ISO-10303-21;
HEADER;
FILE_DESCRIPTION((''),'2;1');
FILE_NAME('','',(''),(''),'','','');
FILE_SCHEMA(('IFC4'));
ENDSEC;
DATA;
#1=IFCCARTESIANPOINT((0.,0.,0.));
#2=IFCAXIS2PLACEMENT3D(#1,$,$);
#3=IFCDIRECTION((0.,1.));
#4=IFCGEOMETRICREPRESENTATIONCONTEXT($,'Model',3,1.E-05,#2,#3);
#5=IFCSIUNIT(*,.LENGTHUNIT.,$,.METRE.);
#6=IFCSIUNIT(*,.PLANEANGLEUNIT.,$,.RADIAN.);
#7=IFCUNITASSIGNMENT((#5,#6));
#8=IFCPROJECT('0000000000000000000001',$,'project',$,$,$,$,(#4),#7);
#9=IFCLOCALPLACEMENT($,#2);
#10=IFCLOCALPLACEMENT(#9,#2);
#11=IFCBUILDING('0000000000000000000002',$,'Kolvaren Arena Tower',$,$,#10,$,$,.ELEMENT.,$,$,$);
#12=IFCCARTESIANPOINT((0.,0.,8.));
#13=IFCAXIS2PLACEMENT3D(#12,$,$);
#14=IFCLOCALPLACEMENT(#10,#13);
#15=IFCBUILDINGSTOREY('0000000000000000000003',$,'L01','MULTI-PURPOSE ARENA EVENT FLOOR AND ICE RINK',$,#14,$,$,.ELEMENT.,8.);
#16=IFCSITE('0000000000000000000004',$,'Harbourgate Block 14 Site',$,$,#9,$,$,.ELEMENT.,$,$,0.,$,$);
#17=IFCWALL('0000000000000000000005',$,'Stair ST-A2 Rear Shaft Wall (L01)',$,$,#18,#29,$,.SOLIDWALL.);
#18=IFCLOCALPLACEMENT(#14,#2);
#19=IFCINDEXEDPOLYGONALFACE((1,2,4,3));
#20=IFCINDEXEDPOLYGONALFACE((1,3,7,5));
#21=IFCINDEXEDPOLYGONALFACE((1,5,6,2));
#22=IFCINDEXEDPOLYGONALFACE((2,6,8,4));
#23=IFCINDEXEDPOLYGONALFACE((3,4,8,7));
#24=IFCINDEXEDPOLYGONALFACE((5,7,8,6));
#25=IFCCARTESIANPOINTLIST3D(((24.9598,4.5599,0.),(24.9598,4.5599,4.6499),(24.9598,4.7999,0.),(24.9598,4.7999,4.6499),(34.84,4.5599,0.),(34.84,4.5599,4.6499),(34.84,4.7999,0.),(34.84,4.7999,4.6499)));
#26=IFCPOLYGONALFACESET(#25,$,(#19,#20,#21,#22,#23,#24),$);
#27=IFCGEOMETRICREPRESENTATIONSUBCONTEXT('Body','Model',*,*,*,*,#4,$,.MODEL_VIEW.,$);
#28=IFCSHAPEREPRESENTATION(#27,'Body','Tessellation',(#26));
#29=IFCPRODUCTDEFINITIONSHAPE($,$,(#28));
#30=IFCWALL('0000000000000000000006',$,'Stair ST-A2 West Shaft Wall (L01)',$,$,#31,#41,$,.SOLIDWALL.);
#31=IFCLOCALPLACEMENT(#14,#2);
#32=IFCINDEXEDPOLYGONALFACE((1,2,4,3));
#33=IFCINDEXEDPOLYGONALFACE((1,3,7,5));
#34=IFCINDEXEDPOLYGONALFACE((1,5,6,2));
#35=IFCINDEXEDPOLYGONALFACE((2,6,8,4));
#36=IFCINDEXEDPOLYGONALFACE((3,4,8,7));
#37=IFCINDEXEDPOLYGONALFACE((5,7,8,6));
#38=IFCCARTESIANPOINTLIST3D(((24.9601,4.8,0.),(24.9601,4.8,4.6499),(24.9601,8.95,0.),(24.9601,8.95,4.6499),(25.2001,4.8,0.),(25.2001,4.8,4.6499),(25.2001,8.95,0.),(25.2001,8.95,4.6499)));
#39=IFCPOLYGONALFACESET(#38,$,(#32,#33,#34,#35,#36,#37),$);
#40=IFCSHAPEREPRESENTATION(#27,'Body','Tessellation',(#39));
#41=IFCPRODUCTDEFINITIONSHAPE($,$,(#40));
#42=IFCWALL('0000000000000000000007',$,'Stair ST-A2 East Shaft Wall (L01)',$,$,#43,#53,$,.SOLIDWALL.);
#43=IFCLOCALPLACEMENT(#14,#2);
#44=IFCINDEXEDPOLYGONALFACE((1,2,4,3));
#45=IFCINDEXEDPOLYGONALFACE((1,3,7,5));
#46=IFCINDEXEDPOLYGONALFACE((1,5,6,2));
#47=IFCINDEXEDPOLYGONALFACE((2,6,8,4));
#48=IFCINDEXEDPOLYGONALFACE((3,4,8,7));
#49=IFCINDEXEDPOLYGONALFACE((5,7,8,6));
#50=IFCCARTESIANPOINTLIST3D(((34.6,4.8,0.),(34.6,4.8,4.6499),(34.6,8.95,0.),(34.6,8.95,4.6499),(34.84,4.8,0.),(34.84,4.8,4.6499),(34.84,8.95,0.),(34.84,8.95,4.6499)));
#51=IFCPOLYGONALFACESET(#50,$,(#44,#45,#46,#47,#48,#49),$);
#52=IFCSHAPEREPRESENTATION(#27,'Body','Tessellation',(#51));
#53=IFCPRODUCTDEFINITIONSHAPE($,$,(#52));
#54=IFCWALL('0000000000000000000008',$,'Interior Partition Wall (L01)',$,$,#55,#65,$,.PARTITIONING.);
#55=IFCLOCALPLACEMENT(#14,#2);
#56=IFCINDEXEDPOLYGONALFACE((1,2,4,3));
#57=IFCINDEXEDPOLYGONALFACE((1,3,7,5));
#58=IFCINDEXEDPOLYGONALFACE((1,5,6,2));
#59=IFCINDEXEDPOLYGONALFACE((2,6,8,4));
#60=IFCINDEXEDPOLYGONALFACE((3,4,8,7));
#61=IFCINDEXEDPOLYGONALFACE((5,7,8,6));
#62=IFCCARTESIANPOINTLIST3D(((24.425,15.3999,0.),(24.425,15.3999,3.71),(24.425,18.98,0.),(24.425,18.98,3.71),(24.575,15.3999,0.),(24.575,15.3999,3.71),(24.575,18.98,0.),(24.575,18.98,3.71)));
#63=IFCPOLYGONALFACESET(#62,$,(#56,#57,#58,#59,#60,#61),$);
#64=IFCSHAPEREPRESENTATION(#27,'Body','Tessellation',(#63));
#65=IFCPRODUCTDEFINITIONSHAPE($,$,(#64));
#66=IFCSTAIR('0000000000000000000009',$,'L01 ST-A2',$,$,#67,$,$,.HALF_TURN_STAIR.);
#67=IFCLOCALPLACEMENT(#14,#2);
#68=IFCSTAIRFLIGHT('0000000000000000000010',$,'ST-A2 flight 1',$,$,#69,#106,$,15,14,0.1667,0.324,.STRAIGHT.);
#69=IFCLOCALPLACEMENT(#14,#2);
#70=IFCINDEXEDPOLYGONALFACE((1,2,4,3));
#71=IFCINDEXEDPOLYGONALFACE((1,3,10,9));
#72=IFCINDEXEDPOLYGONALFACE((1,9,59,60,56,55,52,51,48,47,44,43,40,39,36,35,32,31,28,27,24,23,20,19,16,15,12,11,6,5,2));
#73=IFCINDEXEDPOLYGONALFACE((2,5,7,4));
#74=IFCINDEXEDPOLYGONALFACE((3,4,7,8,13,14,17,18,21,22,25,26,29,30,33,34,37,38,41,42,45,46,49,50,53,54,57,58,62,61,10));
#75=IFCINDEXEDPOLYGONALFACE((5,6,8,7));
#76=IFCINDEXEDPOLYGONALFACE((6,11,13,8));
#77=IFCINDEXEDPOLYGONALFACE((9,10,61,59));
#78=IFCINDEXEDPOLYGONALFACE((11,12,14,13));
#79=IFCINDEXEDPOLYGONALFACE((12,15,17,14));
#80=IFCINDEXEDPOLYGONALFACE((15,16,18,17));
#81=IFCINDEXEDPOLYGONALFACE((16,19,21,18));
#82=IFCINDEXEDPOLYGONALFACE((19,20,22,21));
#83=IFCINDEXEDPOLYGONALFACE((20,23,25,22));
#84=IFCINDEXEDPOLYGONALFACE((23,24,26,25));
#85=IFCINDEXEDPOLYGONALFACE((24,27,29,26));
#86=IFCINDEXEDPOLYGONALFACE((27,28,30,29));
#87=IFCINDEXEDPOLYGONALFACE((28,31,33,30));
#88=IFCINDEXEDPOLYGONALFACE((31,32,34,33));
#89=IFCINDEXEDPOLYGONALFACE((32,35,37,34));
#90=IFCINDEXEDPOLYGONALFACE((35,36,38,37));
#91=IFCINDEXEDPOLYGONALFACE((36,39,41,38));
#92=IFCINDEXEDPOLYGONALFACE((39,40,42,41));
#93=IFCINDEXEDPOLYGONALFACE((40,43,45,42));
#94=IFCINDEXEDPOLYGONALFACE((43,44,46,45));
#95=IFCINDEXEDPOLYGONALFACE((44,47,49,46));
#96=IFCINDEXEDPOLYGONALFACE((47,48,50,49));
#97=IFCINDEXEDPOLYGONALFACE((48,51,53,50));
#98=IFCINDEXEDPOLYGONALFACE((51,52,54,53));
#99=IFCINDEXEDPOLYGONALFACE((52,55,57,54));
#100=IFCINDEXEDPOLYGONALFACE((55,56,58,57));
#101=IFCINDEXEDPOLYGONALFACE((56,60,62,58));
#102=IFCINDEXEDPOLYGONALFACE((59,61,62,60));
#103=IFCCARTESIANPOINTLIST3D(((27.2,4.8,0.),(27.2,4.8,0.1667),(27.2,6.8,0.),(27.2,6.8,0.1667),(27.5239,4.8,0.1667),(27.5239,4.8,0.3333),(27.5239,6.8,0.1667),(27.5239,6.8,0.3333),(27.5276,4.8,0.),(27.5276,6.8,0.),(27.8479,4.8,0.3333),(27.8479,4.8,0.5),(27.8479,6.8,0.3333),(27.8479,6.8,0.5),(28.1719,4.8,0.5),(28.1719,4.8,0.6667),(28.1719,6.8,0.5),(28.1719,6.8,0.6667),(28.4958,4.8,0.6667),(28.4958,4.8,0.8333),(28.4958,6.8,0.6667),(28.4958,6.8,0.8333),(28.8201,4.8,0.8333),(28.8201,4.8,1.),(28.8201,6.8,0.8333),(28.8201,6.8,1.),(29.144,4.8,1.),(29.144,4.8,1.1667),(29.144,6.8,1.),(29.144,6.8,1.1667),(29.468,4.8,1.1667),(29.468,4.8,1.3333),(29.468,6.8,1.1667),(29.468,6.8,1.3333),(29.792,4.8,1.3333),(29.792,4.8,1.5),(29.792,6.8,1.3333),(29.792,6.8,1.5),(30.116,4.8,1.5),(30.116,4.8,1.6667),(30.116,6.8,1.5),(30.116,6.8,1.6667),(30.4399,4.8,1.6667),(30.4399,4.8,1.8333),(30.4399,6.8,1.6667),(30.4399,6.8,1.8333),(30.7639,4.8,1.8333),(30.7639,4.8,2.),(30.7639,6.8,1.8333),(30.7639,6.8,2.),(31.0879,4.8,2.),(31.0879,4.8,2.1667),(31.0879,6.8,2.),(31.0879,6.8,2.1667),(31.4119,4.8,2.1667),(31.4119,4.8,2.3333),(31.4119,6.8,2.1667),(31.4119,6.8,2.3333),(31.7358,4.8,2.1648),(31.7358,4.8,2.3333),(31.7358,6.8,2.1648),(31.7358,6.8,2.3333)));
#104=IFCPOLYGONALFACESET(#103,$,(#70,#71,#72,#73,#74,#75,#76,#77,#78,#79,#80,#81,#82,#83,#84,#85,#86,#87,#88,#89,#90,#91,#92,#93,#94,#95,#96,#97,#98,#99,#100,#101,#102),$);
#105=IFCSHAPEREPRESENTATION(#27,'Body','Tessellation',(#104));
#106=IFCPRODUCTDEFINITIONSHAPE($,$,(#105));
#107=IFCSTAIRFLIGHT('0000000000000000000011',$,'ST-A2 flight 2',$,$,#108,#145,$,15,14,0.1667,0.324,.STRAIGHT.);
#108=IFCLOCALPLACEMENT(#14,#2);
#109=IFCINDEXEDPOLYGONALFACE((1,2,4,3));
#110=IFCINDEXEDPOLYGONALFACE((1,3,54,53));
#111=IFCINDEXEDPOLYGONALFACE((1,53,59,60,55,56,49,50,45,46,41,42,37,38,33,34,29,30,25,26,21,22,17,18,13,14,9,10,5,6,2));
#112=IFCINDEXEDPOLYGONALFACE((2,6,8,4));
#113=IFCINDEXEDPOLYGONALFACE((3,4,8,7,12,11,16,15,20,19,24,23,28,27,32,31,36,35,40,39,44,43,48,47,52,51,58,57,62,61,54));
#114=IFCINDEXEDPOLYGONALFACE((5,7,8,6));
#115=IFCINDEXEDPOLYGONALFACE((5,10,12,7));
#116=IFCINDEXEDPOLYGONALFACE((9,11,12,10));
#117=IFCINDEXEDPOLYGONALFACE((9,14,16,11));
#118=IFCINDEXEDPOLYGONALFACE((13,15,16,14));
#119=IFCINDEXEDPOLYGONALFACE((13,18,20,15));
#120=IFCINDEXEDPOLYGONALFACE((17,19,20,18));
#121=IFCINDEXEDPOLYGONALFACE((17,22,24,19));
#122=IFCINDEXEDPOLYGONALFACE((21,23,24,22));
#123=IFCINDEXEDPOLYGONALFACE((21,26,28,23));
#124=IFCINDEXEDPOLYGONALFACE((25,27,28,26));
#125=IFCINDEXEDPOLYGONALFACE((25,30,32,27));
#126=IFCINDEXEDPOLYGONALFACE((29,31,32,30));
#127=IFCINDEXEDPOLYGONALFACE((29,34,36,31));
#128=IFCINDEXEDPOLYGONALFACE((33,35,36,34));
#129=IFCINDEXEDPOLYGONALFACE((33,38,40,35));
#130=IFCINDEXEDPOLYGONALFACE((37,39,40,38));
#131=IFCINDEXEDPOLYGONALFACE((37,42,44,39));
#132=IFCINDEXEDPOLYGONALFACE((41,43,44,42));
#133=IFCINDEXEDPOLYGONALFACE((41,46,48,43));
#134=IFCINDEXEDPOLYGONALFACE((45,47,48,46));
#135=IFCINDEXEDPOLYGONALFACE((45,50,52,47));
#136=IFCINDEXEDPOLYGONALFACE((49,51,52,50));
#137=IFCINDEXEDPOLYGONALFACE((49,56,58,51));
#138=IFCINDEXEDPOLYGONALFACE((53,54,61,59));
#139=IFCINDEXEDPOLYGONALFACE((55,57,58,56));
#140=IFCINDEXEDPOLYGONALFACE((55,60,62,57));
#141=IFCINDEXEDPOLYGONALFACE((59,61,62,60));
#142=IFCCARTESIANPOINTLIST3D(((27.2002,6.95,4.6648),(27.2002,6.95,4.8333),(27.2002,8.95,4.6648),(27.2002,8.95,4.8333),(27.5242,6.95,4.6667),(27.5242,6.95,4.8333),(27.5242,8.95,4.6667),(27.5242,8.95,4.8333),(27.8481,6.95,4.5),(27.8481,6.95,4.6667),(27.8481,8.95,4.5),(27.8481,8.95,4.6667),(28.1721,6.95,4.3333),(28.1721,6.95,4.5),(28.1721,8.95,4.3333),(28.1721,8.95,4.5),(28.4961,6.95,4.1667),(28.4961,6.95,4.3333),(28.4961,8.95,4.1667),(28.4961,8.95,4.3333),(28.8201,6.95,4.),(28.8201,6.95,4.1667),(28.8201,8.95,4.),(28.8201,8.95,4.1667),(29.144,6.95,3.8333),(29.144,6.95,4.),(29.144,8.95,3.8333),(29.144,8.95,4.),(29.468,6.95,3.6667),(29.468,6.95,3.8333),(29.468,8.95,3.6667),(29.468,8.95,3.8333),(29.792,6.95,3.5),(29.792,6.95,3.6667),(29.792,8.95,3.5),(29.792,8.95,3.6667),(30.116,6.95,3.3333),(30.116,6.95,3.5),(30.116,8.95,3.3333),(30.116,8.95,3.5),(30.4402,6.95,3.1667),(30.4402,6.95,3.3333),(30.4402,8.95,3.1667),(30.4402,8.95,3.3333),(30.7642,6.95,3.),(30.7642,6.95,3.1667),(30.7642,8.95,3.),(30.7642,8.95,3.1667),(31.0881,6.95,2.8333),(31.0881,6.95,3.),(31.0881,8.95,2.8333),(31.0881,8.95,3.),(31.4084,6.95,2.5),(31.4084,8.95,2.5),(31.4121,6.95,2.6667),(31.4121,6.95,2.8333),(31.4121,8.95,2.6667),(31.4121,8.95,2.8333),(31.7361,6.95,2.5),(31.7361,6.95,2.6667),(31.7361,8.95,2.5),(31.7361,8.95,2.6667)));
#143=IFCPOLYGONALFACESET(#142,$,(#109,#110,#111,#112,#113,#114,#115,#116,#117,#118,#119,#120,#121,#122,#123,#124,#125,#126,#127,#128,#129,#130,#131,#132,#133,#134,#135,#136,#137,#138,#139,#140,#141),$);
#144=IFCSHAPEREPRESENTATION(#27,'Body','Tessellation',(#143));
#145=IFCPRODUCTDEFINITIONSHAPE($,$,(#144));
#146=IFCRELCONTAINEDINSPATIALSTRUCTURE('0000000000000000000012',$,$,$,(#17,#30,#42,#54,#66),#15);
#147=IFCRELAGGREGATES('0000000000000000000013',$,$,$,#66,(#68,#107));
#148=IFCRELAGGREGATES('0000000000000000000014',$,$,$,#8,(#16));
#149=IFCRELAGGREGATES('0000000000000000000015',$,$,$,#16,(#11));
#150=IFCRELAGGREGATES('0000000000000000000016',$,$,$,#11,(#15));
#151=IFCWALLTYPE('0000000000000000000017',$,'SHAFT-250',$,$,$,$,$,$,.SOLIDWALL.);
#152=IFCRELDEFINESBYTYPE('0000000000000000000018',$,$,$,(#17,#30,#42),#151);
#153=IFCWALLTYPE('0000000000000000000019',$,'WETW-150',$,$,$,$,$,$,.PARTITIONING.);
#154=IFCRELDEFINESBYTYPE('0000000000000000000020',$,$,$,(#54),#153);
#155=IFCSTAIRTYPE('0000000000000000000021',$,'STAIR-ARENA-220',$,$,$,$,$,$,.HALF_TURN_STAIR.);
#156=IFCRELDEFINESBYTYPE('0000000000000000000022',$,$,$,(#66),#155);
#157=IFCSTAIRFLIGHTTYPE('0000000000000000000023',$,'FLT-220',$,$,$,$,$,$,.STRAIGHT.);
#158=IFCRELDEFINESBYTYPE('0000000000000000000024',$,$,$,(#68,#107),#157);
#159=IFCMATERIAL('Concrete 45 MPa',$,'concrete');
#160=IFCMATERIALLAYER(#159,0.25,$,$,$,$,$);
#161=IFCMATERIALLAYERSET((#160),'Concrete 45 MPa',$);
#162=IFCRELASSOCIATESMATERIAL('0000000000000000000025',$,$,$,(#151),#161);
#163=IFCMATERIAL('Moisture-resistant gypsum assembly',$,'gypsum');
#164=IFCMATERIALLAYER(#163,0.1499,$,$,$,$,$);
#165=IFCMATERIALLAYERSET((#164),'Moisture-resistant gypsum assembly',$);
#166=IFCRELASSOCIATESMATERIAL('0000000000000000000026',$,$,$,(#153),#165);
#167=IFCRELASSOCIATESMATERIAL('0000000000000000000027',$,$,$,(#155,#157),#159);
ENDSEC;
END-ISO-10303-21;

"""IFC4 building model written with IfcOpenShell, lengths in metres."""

from ifc_helpers import new_model, si_unit, direction, frame, frame_2d, origin, place, context, subcontext, project, spatial, polyline, rectangle, outline, extrude, material, layer, layer_set, type_object, element, aggregate, save


model = new_model("IFC4")

# Units and contexts
model_context = context("Model", 3, precision=1e-05, world=origin(), true_north=direction((0.0, 1.0)))
body_context = subcontext(model_context, "Body", "Model", "MODEL_VIEW")
ifc_project = project(units=[si_unit("LENGTHUNIT", "METRE"), si_unit("PLANEANGLEUNIT", "RADIAN")], contexts=[model_context])

# Site, building, storey
site_placement = place(None, origin())
site = spatial("IfcSite", under=ifc_project, at=site_placement, Name="Harbourgate Block 14 Site", CompositionType="ELEMENT", RefElevation=0.0)
building_placement = place(site_placement, origin())
building = spatial("IfcBuilding", under=site, at=building_placement, Name="Kolvaren Arena Tower", CompositionType="ELEMENT")
storey_placement = place(building_placement, frame((0.0, 0.0, 8.0)))
storey = spatial("IfcBuildingStorey", under=building, at=storey_placement, Name="L01", Description="MULTI-PURPOSE ARENA EVENT FLOOR AND ICE RINK", CompositionType="ELEMENT", Elevation=8.0)

# Shared definitions
ifc_material_1 = material(Name="Concrete 45 MPa", Category="concrete")
ifc_layer_1 = layer(ifc_material_1, 0.25)
ifc_layer_set_1 = layer_set([ifc_layer_1], Name="Concrete 45 MPa")
wall_type_1 = type_object("IfcWallType", Name="SHAFT-250", PredefinedType="SOLIDWALL", material=ifc_layer_set_1)

# Walls
wall_1_placement = place(storey_placement, frame((24.96, 4.6799, 0.0), z_axis=(0.0, 0.0, 1.0), x_axis=(1.0, 0.0, 0.0)))
element("IfcWall", 1, at=wall_1_placement, inside=storey, type_object=wall_type_1, Name="Stair ST-A2 Rear Shaft Wall (L01)", PredefinedType="SOLIDWALL", context=body_context, shape_type="SweptSolid", body=[
    extrude(rectangle(XDim=9.8801, YDim=0.24, at=frame_2d((4.9399, 0.0))), origin(), (0.0, 0.0, 1.0), 4.6499),
])
for number, where, z_axis, x_axis, name in (
    (2, (25.0801, 4.8, 0.0), (0.0, 0.0, 1.0), (0.0, 1.0, 0.0), "Stair ST-A2 West Shaft Wall (L01)"),
    (3, (34.72, 4.8, 0.0), (0.0, 0.0, 1.0), (0.0, 1.0, 0.0), "Stair ST-A2 East Shaft Wall (L01)"),
):
    element("IfcWall", number, at=place(storey_placement, frame(where, z_axis=z_axis, x_axis=x_axis)), inside=storey, type_object=wall_type_1, Name=name, PredefinedType="SOLIDWALL", context=body_context, shape_type="SweptSolid", body=[
        extrude(rectangle(XDim=4.1499, YDim=0.24, at=frame_2d((2.075, 0.0))), origin(), (0.0, 0.0, 1.0), 4.6499),
    ])
ifc_material_2 = material(Name="Moisture-resistant gypsum assembly", Category="gypsum")
ifc_layer_2 = layer(ifc_material_2, 0.1499)
ifc_layer_set_2 = layer_set([ifc_layer_2], Name="Moisture-resistant gypsum assembly")
wall_type_2 = type_object("IfcWallType", Name="WETW-150", PredefinedType="PARTITIONING", material=ifc_layer_set_2)
wall_2_placement = place(storey_placement, frame((24.5, 15.3999, 0.0), z_axis=(0.0, 0.0, 1.0), x_axis=(0.0, 1.0, 0.0)))
element("IfcWall", 4, at=wall_2_placement, inside=storey, type_object=wall_type_2, Name="Interior Partition Wall (L01)", PredefinedType="PARTITIONING", context=body_context, shape_type="SweptSolid", body=[
    extrude(rectangle(XDim=3.5801, YDim=0.1499, at=frame_2d((1.79, 0.0))), origin(), (0.0, 0.0, 1.0), 3.71),
])

# Stair, stair flights
stair_type = type_object("IfcStairType", Name="STAIR-ARENA-220", PredefinedType="HALF_TURN_STAIR", material=ifc_material_1)
stair_placement = place(storey_placement, origin())
stair = element("IfcStair", 5, at=stair_placement, inside=storey, type_object=stair_type, Name="L01 ST-A2", PredefinedType="HALF_TURN_STAIR")
stair_flight_type = type_object("IfcStairFlightType", Name="FLT-220", PredefinedType="STRAIGHT", material=ifc_material_1)
stair_flight_1_placement = place(storey_placement, frame((27.2, 5.8, 0.0), z_axis=(0.0, 0.0, 1.0), x_axis=(1.0, 0.0, 0.0)))
stair_flight_1 = element("IfcStairFlight", 6, at=stair_flight_1_placement, type_object=stair_flight_type, Name="ST-A2 flight 1", NumberOfRisers=15, NumberOfTreads=14, PredefinedType="STRAIGHT", RiserHeight=0.1667, TreadLength=0.324, context=body_context, shape_type="SweptSolid", body=[
    extrude(outline(polyline([(0.0, 0.0), (0.0, 0.1667), (0.324, 0.1667), (0.324, 0.3333), (0.6479, 0.3333), (0.6479, 0.5), (0.9719, 0.5), (0.9719, 0.6667), (1.2959, 0.6667), (1.2959, 0.8333), (1.6201, 0.8333), (1.6201, 1.0), (1.9441, 1.0), (1.9441, 1.1667), (2.2681, 1.1667), (2.2681, 1.3333), (2.592, 1.3333), (2.592, 1.5), (2.916, 1.5), (2.916, 1.6667), (3.24, 1.6667), (3.24, 1.8333), (3.564, 1.8333), (3.564, 2.0), (3.8879, 2.0), (3.8879, 2.1667), (4.2119, 2.1667), (4.2119, 2.3333), (4.5359, 2.3333), (4.5359, 2.5), (4.5359, 2.1648), (0.3276, 0.0), (0.0, 0.0)])), frame((0.0, 1.0, 0.0), z_axis=(0.0, -1.0, 0.0), x_axis=(1.0, 0.0, 0.0)), (0.0, 0.0, 1.0), 2.0),
])
stair_flight_2_placement = place(storey_placement, frame((31.7361, 7.95, 2.5), z_axis=(0.0, 0.0, 1.0), x_axis=(-1.0, 0.0, 0.0)))
stair_flight_2 = element("IfcStairFlight", 7, at=stair_flight_2_placement, type_object=stair_flight_type, Name="ST-A2 flight 2", NumberOfRisers=15, NumberOfTreads=14, PredefinedType="STRAIGHT", RiserHeight=0.1667, TreadLength=0.324, context=body_context, shape_type="SweptSolid", body=[
    extrude(outline(polyline([(0.0, 0.0), (0.0, 0.1667), (0.324, 0.1667), (0.324, 0.3333), (0.6479, 0.3333), (0.6479, 0.5), (0.9719, 0.5), (0.9719, 0.6667), (1.2959, 0.6667), (1.2959, 0.8333), (1.6201, 0.8333), (1.6201, 1.0), (1.9441, 1.0), (1.9441, 1.1667), (2.2681, 1.1667), (2.2681, 1.3333), (2.592, 1.3333), (2.592, 1.5), (2.916, 1.5), (2.916, 1.6667), (3.24, 1.6667), (3.24, 1.8333), (3.564, 1.8333), (3.564, 2.0), (3.8879, 2.0), (3.8879, 2.1667), (4.2119, 2.1667), (4.2119, 2.3333), (4.5359, 2.3333), (4.5359, 2.5), (4.5359, 2.1648), (0.3276, 0.0), (0.0, 0.0)])), frame((0.0, 1.0, 0.0), z_axis=(0.0, -1.0, 0.0), x_axis=(1.0, 0.0, 0.0)), (0.0, 0.0, 1.0), 2.0),
])
aggregate(stair, [stair_flight_1, stair_flight_2])

save(model, "model.ifc")
